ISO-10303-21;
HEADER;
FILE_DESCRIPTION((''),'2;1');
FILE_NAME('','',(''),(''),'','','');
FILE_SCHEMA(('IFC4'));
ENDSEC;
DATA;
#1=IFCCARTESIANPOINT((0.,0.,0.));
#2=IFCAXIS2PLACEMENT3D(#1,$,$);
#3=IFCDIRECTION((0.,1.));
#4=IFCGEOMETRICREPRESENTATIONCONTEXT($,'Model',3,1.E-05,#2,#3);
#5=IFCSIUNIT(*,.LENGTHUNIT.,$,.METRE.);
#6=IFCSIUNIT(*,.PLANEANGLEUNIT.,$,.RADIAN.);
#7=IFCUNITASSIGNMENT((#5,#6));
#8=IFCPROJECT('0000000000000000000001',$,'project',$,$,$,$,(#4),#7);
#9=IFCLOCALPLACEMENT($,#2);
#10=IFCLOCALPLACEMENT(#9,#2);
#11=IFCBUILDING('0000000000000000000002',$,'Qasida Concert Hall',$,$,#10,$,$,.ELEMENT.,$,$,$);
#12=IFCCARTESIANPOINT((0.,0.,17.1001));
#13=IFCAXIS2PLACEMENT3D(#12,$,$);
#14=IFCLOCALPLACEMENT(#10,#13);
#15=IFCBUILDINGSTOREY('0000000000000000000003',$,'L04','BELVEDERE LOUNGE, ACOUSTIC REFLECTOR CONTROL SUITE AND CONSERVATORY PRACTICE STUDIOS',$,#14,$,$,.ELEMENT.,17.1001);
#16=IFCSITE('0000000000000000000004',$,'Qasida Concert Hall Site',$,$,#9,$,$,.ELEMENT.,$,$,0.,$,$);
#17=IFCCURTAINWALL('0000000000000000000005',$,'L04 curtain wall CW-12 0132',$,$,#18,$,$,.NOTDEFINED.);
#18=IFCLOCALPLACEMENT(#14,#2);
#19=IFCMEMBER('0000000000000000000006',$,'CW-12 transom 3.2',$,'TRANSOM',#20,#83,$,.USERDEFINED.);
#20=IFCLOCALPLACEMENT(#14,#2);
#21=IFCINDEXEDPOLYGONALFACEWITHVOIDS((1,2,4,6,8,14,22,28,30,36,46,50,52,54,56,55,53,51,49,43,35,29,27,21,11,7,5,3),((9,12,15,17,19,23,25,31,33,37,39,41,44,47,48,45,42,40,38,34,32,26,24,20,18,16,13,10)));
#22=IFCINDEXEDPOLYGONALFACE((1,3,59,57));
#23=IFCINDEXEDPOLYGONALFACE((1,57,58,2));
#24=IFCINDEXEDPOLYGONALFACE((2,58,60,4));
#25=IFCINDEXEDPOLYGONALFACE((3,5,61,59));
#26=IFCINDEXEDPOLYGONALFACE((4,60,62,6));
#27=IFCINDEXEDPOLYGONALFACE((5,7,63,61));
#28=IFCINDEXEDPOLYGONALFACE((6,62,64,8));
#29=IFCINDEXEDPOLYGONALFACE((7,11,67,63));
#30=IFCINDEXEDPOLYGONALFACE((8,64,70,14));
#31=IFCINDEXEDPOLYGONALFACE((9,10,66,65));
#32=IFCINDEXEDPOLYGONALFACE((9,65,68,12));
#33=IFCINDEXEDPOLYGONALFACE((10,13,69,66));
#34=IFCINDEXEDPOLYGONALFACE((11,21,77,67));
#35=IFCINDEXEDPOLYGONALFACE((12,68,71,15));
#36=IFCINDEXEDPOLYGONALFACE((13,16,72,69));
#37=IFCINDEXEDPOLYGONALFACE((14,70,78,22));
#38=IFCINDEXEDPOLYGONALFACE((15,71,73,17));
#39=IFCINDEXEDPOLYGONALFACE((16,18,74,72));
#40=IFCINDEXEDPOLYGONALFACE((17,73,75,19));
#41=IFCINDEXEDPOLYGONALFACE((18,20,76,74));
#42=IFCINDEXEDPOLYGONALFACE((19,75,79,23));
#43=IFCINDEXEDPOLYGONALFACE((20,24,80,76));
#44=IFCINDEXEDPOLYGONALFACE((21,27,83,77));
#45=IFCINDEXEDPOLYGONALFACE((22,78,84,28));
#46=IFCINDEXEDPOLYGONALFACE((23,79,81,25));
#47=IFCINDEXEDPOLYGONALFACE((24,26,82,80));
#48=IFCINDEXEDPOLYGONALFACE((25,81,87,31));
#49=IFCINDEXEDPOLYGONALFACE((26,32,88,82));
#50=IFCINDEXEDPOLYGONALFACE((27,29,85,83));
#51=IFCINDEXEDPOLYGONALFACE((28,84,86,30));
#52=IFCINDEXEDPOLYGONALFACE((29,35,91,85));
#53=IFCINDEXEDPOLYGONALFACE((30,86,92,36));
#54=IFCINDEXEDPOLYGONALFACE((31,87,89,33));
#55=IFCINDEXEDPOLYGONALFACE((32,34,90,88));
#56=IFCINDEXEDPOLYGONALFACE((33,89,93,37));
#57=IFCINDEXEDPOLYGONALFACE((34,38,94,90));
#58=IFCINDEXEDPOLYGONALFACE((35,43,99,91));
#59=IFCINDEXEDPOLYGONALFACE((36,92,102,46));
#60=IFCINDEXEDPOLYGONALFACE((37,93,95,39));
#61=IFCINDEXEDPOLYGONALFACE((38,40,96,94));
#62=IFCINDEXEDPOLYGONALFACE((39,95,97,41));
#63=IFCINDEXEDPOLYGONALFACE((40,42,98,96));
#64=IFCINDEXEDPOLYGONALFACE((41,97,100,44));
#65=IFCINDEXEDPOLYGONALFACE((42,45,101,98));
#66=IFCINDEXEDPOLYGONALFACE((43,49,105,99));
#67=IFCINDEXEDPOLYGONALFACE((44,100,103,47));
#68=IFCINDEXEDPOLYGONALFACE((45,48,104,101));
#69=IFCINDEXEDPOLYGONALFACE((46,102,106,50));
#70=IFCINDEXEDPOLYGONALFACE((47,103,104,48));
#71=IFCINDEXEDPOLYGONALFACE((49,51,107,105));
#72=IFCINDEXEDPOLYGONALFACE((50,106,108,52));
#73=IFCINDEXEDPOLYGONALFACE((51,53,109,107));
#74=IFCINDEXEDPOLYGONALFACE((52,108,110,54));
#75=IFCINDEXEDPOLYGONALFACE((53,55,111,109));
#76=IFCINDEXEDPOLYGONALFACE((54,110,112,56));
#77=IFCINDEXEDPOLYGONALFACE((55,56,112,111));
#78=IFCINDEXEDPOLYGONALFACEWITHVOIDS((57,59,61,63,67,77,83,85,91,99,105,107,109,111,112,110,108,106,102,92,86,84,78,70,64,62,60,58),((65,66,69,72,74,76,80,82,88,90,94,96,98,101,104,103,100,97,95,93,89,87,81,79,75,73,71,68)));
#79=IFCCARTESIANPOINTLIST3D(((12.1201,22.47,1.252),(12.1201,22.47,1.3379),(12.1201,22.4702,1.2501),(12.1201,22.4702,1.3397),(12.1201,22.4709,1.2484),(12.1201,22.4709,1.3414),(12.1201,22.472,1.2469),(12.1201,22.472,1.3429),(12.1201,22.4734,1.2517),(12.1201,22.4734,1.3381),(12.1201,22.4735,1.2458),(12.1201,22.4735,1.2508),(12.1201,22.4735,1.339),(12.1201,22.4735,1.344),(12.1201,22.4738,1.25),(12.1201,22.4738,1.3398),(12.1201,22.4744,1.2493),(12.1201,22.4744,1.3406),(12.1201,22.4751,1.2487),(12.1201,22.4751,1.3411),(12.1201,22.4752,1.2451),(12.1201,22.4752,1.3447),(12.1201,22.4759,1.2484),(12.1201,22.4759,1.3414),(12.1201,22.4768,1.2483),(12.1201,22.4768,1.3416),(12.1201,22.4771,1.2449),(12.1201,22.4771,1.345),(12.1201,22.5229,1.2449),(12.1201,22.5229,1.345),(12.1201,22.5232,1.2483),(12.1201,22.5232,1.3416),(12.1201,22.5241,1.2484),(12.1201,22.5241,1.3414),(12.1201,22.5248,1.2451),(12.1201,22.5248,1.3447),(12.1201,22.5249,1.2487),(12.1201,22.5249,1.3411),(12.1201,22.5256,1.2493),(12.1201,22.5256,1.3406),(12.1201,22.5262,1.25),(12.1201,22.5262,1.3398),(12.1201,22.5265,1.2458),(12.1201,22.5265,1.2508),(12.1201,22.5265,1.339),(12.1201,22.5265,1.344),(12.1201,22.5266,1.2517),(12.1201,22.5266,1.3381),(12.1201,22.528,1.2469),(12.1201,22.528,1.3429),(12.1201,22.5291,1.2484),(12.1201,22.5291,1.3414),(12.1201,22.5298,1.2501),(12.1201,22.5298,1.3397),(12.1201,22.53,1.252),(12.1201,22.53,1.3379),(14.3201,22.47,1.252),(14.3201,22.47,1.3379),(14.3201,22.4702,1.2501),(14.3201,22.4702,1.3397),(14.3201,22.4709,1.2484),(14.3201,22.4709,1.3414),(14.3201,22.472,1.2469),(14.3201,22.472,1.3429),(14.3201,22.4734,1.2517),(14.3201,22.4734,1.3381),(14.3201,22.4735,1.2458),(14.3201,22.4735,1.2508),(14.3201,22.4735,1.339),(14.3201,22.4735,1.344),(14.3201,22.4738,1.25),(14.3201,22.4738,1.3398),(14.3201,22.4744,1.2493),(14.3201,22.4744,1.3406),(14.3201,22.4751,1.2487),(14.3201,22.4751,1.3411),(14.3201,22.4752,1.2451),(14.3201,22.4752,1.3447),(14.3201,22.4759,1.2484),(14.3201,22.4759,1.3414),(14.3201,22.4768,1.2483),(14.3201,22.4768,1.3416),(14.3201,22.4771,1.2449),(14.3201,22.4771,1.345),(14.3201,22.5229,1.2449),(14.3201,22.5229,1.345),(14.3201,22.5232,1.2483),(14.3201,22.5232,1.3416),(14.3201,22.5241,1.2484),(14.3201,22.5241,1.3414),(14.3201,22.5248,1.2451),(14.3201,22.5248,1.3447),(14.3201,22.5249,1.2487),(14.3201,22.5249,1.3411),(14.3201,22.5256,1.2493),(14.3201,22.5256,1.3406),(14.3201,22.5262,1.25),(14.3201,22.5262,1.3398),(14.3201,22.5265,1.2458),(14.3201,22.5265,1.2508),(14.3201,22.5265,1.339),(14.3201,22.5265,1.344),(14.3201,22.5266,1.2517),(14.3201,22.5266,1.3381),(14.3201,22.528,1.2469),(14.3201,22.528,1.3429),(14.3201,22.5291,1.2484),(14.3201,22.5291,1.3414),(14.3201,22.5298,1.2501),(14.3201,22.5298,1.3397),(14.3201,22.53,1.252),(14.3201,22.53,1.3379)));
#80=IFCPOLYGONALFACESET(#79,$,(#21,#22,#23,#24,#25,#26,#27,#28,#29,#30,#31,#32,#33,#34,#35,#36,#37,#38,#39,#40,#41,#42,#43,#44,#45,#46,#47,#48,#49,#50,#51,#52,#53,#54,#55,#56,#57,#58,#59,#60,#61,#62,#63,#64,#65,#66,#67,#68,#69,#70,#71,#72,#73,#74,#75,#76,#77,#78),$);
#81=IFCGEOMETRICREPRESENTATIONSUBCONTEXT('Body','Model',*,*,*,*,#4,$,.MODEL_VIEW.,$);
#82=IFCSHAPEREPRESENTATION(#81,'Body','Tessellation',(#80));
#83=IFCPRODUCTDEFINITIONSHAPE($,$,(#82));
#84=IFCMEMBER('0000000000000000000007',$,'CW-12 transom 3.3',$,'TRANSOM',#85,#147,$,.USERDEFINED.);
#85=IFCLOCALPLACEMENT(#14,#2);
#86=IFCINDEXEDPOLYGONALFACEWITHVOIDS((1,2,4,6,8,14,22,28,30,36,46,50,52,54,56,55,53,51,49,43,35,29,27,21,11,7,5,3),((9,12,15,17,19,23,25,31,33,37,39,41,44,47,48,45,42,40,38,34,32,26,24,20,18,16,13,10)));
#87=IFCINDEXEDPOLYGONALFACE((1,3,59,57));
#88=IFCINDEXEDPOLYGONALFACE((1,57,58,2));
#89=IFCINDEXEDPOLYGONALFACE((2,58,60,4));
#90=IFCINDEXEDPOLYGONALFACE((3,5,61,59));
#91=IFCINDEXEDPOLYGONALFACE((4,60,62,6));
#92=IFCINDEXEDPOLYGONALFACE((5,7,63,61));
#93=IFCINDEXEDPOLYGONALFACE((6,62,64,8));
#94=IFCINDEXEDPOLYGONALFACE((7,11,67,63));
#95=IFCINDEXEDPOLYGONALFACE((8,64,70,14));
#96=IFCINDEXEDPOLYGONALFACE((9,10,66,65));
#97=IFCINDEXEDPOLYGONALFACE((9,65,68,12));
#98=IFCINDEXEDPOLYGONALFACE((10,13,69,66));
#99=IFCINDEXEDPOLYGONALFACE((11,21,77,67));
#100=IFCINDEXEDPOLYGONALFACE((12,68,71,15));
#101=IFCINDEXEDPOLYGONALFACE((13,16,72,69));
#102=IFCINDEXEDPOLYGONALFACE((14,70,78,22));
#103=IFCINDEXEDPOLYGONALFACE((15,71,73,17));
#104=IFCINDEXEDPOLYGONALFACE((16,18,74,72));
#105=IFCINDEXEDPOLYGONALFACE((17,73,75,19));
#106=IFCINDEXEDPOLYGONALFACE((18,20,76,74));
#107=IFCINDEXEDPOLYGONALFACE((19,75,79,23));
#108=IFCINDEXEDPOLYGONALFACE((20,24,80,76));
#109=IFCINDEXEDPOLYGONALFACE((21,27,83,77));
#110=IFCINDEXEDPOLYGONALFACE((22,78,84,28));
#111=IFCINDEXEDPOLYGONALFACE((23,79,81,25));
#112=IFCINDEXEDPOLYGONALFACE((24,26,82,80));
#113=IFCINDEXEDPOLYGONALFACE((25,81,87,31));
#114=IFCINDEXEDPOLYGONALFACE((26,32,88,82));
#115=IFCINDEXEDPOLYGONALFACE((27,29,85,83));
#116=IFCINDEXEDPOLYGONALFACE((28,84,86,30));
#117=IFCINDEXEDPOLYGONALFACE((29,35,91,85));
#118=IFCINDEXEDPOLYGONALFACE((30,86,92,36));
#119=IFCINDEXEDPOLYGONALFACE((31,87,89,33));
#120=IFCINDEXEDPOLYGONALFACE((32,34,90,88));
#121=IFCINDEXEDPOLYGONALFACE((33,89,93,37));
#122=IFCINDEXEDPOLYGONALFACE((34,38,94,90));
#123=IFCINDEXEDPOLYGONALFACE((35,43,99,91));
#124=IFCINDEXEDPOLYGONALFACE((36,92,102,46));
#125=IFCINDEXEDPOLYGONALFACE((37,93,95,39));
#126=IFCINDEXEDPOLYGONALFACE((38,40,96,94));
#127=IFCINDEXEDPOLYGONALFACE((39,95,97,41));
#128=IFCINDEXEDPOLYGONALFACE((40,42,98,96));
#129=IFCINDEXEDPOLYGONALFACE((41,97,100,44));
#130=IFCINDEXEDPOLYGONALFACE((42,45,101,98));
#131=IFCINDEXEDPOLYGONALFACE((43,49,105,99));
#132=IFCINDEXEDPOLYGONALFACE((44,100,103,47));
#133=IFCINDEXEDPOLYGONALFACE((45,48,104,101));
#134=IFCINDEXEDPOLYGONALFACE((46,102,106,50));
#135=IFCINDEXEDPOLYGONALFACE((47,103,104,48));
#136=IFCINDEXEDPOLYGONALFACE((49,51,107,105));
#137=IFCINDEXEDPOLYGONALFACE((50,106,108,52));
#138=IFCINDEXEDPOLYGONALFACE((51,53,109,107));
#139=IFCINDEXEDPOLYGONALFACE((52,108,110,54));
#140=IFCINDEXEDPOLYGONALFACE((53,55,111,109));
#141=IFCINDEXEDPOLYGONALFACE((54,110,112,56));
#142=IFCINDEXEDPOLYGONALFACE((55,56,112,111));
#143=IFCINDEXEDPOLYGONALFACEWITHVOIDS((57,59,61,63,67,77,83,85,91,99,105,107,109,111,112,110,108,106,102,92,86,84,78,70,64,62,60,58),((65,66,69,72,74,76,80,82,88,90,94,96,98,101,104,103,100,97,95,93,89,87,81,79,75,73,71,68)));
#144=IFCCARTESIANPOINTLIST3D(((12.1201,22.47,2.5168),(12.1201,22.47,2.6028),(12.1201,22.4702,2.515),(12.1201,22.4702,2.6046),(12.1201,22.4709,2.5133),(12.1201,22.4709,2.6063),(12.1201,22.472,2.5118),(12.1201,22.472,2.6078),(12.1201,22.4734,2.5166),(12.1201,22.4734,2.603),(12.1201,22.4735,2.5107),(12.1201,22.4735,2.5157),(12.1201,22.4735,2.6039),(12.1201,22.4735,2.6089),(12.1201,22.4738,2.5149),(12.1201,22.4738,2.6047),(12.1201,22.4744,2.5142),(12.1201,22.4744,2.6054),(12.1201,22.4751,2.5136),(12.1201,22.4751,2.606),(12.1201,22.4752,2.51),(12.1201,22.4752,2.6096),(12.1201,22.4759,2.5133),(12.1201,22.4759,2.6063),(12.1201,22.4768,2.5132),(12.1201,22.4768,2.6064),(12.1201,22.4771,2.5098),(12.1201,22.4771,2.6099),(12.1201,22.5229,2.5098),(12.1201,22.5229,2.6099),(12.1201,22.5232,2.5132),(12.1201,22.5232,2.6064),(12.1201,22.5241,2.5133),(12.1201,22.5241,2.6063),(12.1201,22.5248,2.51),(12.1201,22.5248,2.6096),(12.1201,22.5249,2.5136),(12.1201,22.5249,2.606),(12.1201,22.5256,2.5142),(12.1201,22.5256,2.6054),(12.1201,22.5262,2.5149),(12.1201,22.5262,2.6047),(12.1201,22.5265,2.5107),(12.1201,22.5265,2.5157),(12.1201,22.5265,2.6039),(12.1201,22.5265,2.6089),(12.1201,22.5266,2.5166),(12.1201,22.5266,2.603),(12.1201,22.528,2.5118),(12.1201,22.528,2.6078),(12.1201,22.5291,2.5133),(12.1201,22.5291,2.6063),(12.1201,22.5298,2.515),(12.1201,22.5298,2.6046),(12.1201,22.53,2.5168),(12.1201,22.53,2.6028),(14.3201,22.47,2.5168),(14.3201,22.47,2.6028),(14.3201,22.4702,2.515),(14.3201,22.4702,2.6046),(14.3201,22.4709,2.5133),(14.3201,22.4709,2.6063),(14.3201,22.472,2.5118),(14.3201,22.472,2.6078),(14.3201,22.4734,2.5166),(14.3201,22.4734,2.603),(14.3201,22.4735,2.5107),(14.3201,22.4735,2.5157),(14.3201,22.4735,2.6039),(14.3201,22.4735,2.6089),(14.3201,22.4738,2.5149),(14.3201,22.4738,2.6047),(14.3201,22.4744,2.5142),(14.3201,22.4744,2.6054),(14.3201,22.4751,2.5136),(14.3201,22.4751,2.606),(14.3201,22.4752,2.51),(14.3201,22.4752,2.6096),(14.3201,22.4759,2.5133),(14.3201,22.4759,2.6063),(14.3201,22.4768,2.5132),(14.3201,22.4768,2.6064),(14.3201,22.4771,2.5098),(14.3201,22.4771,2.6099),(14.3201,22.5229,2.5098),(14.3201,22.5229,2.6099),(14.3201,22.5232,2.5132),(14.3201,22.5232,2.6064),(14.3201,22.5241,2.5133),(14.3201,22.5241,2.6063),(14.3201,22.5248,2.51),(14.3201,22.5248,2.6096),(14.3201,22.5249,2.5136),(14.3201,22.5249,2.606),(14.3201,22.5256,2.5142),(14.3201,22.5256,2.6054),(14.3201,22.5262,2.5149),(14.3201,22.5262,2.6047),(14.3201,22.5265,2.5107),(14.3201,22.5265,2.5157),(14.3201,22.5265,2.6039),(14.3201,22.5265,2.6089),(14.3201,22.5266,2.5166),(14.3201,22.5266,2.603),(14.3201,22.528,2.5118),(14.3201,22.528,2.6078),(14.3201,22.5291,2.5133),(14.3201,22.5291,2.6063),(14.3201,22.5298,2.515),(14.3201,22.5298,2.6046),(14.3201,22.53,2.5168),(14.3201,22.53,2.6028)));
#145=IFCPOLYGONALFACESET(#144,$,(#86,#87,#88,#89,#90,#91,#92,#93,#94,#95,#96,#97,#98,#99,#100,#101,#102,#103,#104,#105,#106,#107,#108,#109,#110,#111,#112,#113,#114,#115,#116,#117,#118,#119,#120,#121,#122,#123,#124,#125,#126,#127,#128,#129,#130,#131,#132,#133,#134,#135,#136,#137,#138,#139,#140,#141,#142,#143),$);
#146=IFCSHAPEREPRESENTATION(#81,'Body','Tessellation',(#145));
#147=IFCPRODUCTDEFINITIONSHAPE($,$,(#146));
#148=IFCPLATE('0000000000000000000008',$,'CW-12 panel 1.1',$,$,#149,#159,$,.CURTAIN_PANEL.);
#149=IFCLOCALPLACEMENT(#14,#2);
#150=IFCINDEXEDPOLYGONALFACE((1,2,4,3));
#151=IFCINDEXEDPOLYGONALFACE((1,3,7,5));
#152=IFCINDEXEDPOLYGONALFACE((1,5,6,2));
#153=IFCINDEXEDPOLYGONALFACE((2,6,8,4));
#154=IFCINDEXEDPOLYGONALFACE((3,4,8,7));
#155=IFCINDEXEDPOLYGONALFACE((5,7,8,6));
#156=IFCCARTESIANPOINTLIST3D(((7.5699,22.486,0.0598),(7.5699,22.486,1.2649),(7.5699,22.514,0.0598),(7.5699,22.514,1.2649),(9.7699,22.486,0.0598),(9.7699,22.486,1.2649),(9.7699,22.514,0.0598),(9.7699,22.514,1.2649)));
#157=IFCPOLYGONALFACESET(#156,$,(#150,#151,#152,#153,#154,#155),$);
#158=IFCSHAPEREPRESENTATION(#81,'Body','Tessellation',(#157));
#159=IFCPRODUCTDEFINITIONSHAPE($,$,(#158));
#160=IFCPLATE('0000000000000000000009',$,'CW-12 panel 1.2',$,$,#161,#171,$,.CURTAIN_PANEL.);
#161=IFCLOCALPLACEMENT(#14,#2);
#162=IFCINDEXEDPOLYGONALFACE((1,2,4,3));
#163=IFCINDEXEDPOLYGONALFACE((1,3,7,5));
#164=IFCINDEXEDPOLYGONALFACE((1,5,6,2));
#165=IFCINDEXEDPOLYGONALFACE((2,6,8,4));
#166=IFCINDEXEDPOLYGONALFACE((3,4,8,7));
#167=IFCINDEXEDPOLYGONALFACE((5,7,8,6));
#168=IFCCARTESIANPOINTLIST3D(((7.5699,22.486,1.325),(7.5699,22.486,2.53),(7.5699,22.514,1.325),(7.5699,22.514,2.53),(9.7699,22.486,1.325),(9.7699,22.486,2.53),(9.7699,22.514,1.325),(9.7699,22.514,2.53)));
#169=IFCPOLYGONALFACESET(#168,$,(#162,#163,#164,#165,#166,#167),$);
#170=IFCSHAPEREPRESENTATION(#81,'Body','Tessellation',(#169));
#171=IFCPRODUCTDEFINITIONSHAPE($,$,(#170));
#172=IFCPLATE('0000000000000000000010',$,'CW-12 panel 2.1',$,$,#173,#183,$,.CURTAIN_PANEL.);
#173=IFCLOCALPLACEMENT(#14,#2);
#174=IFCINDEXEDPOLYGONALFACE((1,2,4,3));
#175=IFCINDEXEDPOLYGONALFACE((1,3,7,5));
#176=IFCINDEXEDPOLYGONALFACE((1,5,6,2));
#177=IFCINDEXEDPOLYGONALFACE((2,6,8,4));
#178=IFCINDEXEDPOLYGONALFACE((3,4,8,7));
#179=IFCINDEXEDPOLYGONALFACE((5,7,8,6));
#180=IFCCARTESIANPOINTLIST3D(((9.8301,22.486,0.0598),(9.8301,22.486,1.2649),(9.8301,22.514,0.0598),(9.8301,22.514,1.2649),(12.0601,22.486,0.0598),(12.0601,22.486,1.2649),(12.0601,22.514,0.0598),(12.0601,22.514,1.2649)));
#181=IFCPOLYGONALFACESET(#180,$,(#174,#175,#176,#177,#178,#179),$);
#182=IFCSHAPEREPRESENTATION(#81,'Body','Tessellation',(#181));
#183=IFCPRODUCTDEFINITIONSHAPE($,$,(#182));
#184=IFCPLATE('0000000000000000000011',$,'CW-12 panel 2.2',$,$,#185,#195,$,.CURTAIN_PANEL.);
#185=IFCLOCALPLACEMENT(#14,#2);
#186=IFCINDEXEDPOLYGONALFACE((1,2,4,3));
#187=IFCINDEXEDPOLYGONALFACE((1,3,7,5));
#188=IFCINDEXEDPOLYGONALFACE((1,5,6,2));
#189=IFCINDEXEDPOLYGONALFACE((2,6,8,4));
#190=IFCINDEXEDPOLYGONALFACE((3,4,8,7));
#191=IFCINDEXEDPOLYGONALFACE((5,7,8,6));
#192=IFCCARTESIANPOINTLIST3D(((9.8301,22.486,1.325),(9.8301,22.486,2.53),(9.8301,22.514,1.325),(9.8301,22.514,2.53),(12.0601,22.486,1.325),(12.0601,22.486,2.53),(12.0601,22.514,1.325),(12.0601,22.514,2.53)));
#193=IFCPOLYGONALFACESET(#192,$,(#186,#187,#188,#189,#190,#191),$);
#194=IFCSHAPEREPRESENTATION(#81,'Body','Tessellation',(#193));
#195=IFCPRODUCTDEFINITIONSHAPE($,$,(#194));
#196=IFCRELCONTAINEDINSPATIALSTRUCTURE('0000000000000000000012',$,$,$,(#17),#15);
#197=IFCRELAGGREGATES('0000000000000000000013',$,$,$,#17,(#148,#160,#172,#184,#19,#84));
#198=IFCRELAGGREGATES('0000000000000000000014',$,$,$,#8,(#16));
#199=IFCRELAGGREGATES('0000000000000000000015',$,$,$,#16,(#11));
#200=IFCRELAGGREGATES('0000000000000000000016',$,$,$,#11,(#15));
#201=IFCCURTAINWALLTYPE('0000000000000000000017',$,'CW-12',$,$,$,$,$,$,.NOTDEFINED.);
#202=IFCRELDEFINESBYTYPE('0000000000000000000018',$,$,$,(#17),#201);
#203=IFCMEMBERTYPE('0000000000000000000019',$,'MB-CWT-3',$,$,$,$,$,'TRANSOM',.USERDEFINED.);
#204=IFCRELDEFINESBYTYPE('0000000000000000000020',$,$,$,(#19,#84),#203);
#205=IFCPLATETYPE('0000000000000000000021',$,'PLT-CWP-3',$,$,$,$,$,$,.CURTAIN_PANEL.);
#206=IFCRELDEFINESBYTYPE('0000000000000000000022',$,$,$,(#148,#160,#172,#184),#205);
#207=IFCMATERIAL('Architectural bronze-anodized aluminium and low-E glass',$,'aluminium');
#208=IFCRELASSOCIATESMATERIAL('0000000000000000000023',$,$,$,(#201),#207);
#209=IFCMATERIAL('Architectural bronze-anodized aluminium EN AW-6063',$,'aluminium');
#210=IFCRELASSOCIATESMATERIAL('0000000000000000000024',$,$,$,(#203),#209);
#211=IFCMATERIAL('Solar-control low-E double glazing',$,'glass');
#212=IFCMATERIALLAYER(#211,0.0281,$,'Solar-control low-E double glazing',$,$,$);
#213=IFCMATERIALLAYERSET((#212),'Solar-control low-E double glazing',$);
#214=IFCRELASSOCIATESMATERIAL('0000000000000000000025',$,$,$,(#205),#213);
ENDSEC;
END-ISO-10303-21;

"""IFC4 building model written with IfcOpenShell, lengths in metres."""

from ifc_helpers import new_model, si_unit, direction, frame, origin, origin_2d, place, context, subcontext, project, spatial, rectangle, hollow_rectangle, extrude, material, layer, layer_set, material_profile, profile_set, type_object, element, aggregate, save


model = new_model("IFC4")

# Units and contexts
model_context = context("Model", 3, precision=1e-05, world=origin(), true_north=direction((0.0, 1.0)))
body_context = subcontext(model_context, "Body", "Model", "MODEL_VIEW")
ifc_project = project(units=[si_unit("LENGTHUNIT", "METRE"), si_unit("PLANEANGLEUNIT", "RADIAN")], contexts=[model_context])

# Site, building, storey
site_placement = place(None, origin())
site = spatial("IfcSite", under=ifc_project, at=site_placement, Name="Qasida Concert Hall Site", CompositionType="ELEMENT", RefElevation=0.0)
building_placement = place(site_placement, origin())
building = spatial("IfcBuilding", under=site, at=building_placement, Name="Qasida Concert Hall", CompositionType="ELEMENT")
storey_placement = place(building_placement, frame((0.0, 0.0, 17.1001)))
storey = spatial("IfcBuildingStorey", under=building, at=storey_placement, Name="L04", Description="BELVEDERE LOUNGE, ACOUSTIC REFLECTOR CONTROL SUITE AND CONSERVATORY PRACTICE STUDIOS", CompositionType="ELEMENT", Elevation=17.1001)

# Shared definitions
ifc_material_1 = material(Name="Architectural bronze-anodized aluminium and low-E glass", Category="aluminium")
curtain_wall_type = type_object("IfcCurtainWallType", Name="CW-12", PredefinedType="NOTDEFINED", material=ifc_material_1)
ifc_material_2 = material(Name="Architectural bronze-anodized aluminium EN AW-6063", Category="aluminium")

# Curtain wall, members, plates
curtain_wall_1_placement = place(storey_placement, origin())
curtain_wall_1 = element("IfcCurtainWall", 1, at=curtain_wall_1_placement, inside=storey, type_object=curtain_wall_type, Name="L04 curtain wall CW-12 0132", PredefinedType="NOTDEFINED")
ifc_material_profile_1 = material_profile(ifc_material_2, hollow_rectangle(XDim=0.0601, YDim=0.1001, WallThickness=0.0034, InnerFilletRadius=0.0034, OuterFilletRadius=0.0071, at=origin_2d()), Name="CWT 100x60x3.5")
ifc_profile_set_1 = profile_set([ifc_material_profile_1], Name="Architectural bronze-anodized aluminium EN AW-6063")
member_type_1 = type_object("IfcMemberType", Name="MB-CWT-3", ElementType="TRANSOM", PredefinedType="USERDEFINED", material=ifc_profile_set_1)
member_1_placement = place(storey_placement, frame((12.1201, 22.5, 1.2949), z_axis=(1.0, 0.0, 0.0), x_axis=(0.0, 1.0, 0.0)))
member_1 = element("IfcMember", 2, at=member_1_placement, type_object=member_type_1, Name="CW-12 transom 3.2", ObjectType="TRANSOM", PredefinedType="USERDEFINED", context=body_context, shape_type="SweptSolid", body=[
    extrude(hollow_rectangle(XDim=0.0601, YDim=0.1001, WallThickness=0.0034, InnerFilletRadius=0.0034, OuterFilletRadius=0.0071, at=origin_2d()), origin(), (0.0, 0.0, 1.0), 2.2),
])
member_2_placement = place(storey_placement, frame((12.1201, 22.5, 2.5598), z_axis=(1.0, 0.0, 0.0), x_axis=(0.0, 1.0, 0.0)))
member_2 = element("IfcMember", 3, at=member_2_placement, type_object=member_type_1, Name="CW-12 transom 3.3", ObjectType="TRANSOM", PredefinedType="USERDEFINED", context=body_context, shape_type="SweptSolid", body=[
    extrude(hollow_rectangle(XDim=0.0601, YDim=0.1001, WallThickness=0.0034, InnerFilletRadius=0.0034, OuterFilletRadius=0.0071, at=origin_2d()), origin(), (0.0, 0.0, 1.0), 2.2),
])
ifc_material_3 = material(Name="Solar-control low-E double glazing", Category="glass")
ifc_layer_1 = layer(ifc_material_3, 0.0281, Name="Solar-control low-E double glazing")
ifc_layer_set_1 = layer_set([ifc_layer_1], Name="Solar-control low-E double glazing")
plate_type = type_object("IfcPlateType", Name="PLT-CWP-3", PredefinedType="CURTAIN_PANEL", material=ifc_layer_set_1)
plate_1_placement = place(storey_placement, frame((8.6699, 22.5, 0.0598), z_axis=(0.0, 0.0, 1.0), x_axis=(1.0, 0.0, 0.0)))
plate_1 = element("IfcPlate", 4, at=plate_1_placement, type_object=plate_type, Name="CW-12 panel 1.1", PredefinedType="CURTAIN_PANEL", context=body_context, shape_type="SweptSolid", body=[
    extrude(rectangle(XDim=2.2, YDim=0.0281, at=origin_2d()), origin(), (0.0, 0.0, 1.0), 1.2051),
])
plate_2_placement = place(storey_placement, frame((8.6699, 22.5, 1.325), z_axis=(0.0, 0.0, 1.0), x_axis=(1.0, 0.0, 0.0)))
plate_2 = element("IfcPlate", 5, at=plate_2_placement, type_object=plate_type, Name="CW-12 panel 1.2", PredefinedType="CURTAIN_PANEL", context=body_context, shape_type="SweptSolid", body=[
    extrude(rectangle(XDim=2.2, YDim=0.0281, at=origin_2d()), origin(), (0.0, 0.0, 1.0), 1.2051),
])
plate_3_placement = place(storey_placement, frame((10.9451, 22.5, 0.0598), z_axis=(0.0, 0.0, 1.0), x_axis=(1.0, 0.0, 0.0)))
plate_3 = element("IfcPlate", 6, at=plate_3_placement, type_object=plate_type, Name="CW-12 panel 2.1", PredefinedType="CURTAIN_PANEL", context=body_context, shape_type="SweptSolid", body=[
    extrude(rectangle(XDim=2.23, YDim=0.0281, at=origin_2d()), origin(), (0.0, 0.0, 1.0), 1.2051),
])
plate_4_placement = place(storey_placement, frame((10.9451, 22.5, 1.325), z_axis=(0.0, 0.0, 1.0), x_axis=(1.0, 0.0, 0.0)))
plate_4 = element("IfcPlate", 7, at=plate_4_placement, type_object=plate_type, Name="CW-12 panel 2.2", PredefinedType="CURTAIN_PANEL", context=body_context, shape_type="SweptSolid", body=[
    extrude(rectangle(XDim=2.23, YDim=0.0281, at=origin_2d()), origin(), (0.0, 0.0, 1.0), 1.2051),
])
aggregate(curtain_wall_1, [plate_1, plate_2, plate_3, plate_4, member_1, member_2])

save(model, "model.ifc")
